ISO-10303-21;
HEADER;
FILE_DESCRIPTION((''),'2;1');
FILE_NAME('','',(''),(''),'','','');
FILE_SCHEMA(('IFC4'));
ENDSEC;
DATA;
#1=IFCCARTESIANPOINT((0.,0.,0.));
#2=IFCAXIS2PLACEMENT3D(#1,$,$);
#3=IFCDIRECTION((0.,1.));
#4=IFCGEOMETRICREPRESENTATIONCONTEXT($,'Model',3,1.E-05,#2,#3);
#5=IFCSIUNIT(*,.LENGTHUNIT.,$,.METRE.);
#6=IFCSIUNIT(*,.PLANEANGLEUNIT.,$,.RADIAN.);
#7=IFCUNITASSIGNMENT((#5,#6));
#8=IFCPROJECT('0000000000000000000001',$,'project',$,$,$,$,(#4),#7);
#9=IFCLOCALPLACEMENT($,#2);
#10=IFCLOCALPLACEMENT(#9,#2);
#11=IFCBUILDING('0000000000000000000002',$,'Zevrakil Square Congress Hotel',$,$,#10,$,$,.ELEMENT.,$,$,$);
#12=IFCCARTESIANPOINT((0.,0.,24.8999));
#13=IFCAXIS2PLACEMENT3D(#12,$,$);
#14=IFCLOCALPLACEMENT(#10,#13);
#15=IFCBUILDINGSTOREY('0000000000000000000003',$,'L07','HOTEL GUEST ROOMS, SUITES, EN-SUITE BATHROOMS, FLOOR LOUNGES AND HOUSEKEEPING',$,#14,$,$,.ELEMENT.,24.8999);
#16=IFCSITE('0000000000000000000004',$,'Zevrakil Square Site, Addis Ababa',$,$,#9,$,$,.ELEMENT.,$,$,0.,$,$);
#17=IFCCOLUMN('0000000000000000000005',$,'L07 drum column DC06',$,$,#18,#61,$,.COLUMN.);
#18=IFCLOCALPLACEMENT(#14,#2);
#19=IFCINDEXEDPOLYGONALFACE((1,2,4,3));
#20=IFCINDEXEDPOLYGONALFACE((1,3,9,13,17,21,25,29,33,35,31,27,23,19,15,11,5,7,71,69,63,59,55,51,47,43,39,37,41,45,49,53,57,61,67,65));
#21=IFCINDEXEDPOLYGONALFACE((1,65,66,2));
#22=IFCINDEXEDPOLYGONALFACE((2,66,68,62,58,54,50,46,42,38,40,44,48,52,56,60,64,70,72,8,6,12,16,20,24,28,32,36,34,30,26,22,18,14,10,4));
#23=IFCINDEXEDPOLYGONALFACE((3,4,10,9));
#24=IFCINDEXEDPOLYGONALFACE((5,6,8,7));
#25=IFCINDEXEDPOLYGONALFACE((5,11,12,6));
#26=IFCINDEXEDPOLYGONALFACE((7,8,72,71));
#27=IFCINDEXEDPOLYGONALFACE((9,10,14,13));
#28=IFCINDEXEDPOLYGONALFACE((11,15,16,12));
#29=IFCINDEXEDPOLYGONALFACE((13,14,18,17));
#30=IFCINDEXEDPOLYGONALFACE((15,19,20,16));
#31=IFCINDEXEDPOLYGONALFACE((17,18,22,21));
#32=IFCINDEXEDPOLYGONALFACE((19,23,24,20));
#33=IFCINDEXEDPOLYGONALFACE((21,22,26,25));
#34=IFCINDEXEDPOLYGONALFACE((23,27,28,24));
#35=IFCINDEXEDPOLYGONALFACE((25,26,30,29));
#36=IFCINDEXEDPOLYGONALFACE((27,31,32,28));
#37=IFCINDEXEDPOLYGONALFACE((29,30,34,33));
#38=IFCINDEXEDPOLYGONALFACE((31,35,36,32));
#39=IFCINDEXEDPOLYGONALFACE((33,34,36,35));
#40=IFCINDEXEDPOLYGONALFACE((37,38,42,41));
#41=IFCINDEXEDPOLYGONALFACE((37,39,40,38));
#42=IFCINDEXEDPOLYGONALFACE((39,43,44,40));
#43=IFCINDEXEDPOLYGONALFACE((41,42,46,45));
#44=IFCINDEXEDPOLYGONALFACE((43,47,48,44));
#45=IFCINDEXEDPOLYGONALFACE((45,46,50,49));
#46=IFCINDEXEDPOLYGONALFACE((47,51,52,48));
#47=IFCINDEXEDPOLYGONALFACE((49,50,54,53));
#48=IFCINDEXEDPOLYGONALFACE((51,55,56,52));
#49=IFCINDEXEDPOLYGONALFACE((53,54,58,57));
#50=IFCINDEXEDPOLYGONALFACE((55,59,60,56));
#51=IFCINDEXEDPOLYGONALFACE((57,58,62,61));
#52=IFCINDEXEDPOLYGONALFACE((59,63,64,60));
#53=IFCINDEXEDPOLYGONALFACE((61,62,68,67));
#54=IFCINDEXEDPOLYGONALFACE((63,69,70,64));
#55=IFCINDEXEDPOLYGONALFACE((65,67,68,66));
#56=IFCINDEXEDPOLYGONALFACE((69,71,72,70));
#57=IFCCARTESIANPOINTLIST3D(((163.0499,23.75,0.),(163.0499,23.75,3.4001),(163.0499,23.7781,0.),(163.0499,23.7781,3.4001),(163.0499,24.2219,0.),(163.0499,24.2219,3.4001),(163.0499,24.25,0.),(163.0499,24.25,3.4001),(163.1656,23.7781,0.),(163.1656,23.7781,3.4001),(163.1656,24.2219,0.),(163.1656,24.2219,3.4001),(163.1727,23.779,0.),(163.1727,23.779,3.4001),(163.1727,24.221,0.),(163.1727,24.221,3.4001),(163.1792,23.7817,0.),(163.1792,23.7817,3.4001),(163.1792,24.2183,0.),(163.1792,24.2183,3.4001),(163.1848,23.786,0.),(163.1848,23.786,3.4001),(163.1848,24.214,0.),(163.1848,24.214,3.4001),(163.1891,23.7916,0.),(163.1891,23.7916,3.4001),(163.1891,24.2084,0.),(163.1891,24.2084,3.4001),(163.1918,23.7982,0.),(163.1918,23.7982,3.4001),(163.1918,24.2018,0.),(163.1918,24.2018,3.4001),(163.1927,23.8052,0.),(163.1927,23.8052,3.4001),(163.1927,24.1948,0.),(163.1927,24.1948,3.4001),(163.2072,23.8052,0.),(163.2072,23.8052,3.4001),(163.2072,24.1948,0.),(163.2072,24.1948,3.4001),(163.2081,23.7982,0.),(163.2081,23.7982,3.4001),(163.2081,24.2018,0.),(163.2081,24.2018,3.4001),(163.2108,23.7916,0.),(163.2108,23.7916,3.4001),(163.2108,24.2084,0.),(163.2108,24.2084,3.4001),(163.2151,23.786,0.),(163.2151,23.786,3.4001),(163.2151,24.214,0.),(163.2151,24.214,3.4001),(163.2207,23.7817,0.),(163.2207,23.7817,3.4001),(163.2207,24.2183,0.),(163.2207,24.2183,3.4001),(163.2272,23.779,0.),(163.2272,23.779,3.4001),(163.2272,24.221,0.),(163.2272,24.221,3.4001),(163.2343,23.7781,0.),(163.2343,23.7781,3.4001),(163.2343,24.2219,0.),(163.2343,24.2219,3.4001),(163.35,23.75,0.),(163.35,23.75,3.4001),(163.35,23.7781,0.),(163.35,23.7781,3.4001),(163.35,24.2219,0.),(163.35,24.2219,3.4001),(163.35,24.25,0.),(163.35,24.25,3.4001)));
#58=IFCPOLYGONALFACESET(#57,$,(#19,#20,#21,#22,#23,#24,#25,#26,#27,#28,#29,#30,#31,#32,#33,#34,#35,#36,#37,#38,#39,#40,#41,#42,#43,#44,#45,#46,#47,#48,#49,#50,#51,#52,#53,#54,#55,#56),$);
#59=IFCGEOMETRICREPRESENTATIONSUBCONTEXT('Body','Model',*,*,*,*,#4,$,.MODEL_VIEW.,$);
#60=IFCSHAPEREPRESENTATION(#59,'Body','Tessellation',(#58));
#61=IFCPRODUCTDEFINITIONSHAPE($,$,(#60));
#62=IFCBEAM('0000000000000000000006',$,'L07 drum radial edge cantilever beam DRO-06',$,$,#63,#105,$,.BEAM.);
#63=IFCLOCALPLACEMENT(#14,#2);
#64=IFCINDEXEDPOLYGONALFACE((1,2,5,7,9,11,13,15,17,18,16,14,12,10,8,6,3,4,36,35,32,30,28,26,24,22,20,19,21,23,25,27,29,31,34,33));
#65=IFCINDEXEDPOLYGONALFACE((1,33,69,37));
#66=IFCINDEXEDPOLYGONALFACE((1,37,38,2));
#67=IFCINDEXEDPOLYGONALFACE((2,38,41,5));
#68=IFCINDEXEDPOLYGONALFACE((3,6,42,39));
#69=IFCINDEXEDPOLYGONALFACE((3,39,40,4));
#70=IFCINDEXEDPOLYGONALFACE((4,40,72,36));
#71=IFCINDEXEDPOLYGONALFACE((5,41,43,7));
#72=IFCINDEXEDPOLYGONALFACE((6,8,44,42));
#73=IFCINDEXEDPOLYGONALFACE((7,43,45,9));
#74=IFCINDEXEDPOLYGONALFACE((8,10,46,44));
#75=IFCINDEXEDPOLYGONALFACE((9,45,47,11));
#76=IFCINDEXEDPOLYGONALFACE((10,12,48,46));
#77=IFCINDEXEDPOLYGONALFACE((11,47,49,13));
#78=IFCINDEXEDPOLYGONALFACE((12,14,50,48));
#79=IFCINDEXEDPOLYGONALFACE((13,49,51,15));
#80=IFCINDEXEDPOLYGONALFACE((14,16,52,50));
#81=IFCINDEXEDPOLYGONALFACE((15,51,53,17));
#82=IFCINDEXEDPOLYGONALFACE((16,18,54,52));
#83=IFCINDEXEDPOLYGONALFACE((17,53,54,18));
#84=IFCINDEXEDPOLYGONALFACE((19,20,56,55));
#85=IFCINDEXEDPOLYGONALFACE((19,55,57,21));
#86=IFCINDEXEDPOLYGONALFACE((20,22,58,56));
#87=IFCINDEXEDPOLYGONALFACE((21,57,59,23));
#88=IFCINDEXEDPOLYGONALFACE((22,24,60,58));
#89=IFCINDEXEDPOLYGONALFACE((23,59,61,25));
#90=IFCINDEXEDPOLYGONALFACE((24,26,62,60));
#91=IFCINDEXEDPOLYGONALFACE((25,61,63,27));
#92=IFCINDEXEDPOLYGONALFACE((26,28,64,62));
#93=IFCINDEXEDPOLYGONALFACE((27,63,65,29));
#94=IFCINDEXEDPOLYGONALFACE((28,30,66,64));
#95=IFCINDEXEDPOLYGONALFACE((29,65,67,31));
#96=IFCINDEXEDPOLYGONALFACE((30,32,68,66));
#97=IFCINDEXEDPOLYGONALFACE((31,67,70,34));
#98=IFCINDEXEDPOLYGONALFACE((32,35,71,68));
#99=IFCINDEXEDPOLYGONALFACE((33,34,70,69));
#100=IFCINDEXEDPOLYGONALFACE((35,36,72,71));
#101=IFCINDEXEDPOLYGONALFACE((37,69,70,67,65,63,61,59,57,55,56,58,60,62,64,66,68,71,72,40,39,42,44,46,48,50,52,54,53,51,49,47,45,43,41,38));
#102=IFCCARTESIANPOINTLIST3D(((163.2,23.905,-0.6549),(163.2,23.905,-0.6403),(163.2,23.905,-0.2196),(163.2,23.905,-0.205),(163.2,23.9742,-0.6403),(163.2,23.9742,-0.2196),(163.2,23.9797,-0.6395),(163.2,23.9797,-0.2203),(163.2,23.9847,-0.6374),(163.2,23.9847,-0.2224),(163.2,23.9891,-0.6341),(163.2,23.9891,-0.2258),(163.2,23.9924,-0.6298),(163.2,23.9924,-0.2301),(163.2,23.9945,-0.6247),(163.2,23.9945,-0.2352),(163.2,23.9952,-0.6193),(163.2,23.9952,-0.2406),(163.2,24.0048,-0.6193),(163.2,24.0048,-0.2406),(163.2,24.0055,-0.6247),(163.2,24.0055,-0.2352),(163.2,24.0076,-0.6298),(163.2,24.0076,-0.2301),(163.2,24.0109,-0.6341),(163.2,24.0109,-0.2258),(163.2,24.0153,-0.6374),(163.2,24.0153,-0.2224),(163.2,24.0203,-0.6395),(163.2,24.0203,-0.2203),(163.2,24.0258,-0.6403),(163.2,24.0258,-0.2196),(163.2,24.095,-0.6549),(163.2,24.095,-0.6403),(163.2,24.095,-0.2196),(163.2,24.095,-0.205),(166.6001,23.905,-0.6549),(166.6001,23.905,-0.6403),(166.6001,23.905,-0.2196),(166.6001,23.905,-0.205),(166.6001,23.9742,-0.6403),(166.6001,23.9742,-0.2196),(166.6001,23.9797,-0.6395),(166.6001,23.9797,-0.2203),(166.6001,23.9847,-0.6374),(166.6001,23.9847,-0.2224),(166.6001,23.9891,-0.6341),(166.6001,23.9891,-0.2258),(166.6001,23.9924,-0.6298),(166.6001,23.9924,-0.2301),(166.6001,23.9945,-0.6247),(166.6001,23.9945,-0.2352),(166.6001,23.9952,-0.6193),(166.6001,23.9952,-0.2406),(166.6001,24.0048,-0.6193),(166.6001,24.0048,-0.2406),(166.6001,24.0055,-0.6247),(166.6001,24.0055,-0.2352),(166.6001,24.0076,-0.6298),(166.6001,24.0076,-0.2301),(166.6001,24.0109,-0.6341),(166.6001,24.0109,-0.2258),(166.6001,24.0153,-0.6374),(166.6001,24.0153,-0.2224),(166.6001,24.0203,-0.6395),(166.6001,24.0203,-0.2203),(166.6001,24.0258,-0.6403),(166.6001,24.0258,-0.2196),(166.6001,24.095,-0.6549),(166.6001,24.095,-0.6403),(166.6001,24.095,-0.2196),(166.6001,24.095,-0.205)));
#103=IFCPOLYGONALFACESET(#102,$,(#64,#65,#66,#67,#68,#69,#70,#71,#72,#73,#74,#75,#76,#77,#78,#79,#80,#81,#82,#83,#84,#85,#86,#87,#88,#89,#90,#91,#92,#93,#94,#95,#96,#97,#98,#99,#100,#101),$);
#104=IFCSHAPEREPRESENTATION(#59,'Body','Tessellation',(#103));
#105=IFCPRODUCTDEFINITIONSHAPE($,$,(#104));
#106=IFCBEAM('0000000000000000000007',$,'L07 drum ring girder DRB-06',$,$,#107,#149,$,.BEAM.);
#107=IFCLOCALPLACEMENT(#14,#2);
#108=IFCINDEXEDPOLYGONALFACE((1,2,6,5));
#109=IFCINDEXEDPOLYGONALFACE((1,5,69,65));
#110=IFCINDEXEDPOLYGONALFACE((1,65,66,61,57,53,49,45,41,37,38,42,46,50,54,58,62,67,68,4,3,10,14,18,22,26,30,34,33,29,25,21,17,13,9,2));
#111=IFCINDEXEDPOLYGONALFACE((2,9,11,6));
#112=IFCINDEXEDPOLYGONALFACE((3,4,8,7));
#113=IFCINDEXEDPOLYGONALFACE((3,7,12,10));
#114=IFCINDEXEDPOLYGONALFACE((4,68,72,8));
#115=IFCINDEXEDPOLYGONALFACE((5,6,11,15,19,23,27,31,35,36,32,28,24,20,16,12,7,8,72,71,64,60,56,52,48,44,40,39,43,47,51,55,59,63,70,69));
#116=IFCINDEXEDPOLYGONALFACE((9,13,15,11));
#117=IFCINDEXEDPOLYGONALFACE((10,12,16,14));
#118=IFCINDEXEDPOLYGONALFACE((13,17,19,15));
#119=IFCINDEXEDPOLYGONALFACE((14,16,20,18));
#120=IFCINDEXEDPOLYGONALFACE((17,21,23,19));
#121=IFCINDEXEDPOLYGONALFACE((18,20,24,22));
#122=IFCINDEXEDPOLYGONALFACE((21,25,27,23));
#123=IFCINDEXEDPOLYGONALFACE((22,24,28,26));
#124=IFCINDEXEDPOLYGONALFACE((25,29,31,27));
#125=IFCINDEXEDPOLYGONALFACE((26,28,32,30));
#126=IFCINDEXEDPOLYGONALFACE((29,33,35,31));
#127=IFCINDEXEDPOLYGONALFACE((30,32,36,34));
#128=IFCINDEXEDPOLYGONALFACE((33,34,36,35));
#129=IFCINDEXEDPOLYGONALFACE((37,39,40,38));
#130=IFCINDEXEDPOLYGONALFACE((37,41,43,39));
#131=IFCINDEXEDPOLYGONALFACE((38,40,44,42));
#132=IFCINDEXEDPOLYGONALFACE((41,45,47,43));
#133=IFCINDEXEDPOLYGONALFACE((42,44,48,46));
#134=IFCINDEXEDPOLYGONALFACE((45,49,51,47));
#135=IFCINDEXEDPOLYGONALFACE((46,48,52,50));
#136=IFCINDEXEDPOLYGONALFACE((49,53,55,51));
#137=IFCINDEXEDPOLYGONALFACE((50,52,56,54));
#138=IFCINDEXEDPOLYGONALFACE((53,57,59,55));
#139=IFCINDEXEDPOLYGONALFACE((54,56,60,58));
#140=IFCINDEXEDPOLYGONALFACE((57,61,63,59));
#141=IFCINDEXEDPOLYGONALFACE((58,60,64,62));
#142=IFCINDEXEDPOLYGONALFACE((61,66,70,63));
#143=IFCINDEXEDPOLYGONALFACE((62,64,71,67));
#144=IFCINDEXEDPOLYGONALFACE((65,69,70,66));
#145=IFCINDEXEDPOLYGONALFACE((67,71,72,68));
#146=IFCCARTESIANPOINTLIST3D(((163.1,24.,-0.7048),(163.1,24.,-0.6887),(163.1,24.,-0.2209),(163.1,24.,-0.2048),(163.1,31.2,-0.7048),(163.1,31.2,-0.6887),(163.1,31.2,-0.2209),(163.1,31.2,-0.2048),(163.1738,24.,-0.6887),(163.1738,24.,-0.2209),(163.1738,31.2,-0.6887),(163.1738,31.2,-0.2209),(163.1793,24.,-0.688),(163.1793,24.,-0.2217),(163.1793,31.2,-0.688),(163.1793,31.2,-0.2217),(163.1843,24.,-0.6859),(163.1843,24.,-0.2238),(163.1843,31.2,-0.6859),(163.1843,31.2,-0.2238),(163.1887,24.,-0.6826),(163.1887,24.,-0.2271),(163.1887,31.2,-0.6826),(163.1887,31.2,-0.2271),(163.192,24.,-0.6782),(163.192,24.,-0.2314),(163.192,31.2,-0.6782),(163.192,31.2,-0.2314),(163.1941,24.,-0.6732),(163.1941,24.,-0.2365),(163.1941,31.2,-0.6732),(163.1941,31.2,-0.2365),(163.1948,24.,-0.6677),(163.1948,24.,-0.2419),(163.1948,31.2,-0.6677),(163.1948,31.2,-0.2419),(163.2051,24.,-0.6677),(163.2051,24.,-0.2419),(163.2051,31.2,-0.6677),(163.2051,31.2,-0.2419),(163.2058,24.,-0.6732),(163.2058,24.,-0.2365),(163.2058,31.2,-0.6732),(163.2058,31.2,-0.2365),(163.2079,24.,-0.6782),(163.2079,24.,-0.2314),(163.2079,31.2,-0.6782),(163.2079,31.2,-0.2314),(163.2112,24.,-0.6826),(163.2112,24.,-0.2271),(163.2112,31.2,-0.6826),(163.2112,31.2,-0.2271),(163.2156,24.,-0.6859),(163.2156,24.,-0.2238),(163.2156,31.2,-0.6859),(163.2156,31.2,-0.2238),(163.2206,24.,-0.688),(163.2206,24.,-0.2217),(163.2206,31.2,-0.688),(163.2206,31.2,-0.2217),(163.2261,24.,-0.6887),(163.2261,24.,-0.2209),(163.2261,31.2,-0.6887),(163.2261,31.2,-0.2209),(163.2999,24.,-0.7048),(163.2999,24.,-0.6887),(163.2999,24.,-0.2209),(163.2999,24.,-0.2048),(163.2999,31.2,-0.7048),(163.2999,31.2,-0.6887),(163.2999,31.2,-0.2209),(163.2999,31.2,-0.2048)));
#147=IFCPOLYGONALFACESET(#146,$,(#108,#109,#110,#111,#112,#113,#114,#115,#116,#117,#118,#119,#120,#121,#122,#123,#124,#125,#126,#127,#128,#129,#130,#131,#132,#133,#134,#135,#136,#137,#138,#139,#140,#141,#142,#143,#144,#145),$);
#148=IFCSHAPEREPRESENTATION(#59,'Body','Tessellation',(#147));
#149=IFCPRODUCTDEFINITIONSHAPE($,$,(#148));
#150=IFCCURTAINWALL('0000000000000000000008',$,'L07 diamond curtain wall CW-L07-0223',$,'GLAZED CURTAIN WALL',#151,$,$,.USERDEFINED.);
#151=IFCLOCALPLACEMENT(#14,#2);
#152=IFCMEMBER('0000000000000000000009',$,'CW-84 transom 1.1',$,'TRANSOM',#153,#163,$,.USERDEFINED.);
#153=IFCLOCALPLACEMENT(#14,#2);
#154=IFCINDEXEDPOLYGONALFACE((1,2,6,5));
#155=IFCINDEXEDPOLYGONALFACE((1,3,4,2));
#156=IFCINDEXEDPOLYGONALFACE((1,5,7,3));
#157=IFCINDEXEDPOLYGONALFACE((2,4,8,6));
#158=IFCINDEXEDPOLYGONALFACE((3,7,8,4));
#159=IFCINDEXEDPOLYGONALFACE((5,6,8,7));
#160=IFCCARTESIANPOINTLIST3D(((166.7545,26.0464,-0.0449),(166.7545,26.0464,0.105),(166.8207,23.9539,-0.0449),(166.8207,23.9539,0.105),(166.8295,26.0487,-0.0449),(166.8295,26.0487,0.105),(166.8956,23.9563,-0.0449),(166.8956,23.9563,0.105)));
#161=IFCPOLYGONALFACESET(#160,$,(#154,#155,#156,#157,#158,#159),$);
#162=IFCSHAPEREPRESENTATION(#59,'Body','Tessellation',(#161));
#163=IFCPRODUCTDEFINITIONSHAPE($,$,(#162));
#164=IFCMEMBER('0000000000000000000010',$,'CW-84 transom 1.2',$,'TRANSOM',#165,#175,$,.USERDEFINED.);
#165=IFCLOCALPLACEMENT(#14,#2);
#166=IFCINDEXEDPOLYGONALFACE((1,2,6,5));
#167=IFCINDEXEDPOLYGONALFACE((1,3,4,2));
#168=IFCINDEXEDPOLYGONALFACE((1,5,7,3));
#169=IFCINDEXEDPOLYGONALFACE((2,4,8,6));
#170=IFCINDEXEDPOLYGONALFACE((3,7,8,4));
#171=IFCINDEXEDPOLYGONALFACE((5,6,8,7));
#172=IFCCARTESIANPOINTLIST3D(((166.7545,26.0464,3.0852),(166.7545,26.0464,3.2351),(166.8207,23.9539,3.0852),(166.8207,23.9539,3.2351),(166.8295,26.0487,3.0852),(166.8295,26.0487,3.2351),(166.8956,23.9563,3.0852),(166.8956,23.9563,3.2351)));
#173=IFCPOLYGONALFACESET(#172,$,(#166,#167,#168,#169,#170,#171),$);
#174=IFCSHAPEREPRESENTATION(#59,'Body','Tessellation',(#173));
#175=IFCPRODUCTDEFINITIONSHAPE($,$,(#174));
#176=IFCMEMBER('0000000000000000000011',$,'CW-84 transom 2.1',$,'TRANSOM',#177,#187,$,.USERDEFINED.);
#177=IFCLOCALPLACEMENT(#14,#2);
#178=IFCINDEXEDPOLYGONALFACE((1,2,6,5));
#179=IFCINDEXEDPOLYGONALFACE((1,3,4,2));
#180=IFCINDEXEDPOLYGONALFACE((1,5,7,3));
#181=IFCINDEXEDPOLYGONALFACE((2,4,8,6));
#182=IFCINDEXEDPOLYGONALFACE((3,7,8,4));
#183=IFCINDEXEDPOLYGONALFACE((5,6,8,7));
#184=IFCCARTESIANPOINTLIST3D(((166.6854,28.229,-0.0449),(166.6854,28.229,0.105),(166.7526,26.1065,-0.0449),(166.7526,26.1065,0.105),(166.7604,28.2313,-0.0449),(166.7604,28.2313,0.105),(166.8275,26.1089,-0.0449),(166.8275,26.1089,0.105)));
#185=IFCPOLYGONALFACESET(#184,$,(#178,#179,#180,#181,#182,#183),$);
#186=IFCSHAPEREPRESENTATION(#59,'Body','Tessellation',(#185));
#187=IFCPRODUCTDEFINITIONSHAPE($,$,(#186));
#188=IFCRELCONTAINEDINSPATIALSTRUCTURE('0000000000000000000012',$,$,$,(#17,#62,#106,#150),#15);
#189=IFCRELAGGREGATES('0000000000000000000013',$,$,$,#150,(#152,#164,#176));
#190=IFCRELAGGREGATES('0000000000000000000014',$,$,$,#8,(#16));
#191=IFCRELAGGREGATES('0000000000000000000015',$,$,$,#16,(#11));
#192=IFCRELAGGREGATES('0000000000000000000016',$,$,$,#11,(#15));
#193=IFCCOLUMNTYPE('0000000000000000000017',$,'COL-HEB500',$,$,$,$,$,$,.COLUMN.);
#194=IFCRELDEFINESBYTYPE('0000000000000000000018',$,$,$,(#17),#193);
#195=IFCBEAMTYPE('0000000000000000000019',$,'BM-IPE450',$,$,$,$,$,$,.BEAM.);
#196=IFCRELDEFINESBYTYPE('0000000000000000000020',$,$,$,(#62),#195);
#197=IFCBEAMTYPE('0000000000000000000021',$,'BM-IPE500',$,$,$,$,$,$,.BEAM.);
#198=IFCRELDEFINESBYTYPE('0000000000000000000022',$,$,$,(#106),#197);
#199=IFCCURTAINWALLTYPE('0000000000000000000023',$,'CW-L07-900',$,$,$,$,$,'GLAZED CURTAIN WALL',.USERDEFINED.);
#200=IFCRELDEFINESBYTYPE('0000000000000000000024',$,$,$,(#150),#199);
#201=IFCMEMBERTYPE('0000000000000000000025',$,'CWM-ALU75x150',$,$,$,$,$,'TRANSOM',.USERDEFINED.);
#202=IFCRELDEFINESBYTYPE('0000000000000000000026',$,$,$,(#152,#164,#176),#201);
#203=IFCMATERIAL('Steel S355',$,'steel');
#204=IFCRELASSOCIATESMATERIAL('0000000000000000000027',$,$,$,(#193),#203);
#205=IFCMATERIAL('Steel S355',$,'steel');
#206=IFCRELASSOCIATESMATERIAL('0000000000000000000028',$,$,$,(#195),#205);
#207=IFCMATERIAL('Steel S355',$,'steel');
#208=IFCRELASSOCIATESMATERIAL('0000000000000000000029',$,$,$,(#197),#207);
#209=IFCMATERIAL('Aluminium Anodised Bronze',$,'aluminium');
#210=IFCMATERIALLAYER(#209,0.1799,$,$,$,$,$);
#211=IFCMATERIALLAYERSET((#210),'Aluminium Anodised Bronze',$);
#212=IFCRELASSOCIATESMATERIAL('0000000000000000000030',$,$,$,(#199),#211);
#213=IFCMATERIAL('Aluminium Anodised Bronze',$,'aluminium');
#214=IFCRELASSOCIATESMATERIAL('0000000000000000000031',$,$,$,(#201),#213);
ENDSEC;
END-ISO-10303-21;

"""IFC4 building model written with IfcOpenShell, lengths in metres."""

from ifc_helpers import new_model, si_unit, direction, frame, origin, origin_2d, place, context, subcontext, project, spatial, rectangle, i_section, extrude, material, layer, layer_set, material_profile, profile_set, type_object, element, aggregate, save


model = new_model("IFC4")

# Units and contexts
model_context = context("Model", 3, precision=1e-05, world=origin(), true_north=direction((0.0, 1.0)))
body_context = subcontext(model_context, "Body", "Model", "MODEL_VIEW")
ifc_project = project(units=[si_unit("LENGTHUNIT", "METRE"), si_unit("PLANEANGLEUNIT", "RADIAN")], contexts=[model_context])

# Site, building, storey
site_placement = place(None, origin())
site = spatial("IfcSite", under=ifc_project, at=site_placement, Name="Zevrakil Square Site, Addis Ababa", CompositionType="ELEMENT", RefElevation=0.0)
building_placement = place(site_placement, origin())
building = spatial("IfcBuilding", under=site, at=building_placement, Name="Zevrakil Square Congress Hotel", CompositionType="ELEMENT")
storey_placement = place(building_placement, frame((0.0, 0.0, 24.8999)))
storey = spatial("IfcBuildingStorey", under=building, at=storey_placement, Name="L07", Description="HOTEL GUEST ROOMS, SUITES, EN-SUITE BATHROOMS, FLOOR LOUNGES AND HOUSEKEEPING", CompositionType="ELEMENT", Elevation=24.8999)

# Column
ifc_material_1 = material(Name="Steel S355", Category="steel")
ifc_material_profile_1 = material_profile(ifc_material_1, i_section(OverallWidth=0.3, OverallDepth=0.5, WebThickness=0.0144, FlangeThickness=0.0281, FilletRadius=0.0271, at=origin_2d()), Name="HEB 500")
ifc_profile_set_1 = profile_set([ifc_material_profile_1], Name="Steel S355")
column_type = type_object("IfcColumnType", Name="COL-HEB500", PredefinedType="COLUMN", material=ifc_profile_set_1)
column_placement = place(storey_placement, frame((163.2, 24.0, 0.0), z_axis=(0.0, 0.0, 1.0), x_axis=(1.0, 0.0, 0.0)))
element("IfcColumn", 1, at=column_placement, inside=storey, type_object=column_type, Name="L07 drum column DC06", PredefinedType="COLUMN", context=body_context, shape_type="SweptSolid", body=[
    extrude(i_section(OverallWidth=0.3, OverallDepth=0.5, WebThickness=0.0144, FlangeThickness=0.0281, FilletRadius=0.0271, at=origin_2d()), origin(), (0.0, 0.0, 1.0), 3.4001),
])

# Beams
ifc_material_2 = material(Name="Steel S355", Category="steel")
ifc_material_profile_2 = material_profile(ifc_material_2, i_section(OverallWidth=0.1899, OverallDepth=0.45, WebThickness=0.0095, FlangeThickness=0.0146, FilletRadius=0.021, at=origin_2d()), Name="IPE 450")
ifc_profile_set_2 = profile_set([ifc_material_profile_2], Name="Steel S355")
beam_type_1 = type_object("IfcBeamType", Name="BM-IPE450", PredefinedType="BEAM", material=ifc_profile_set_2)
beam_1_placement = place(storey_placement, frame((163.2, 24.0, -0.4299), z_axis=(1.0, 0.0, 0.0), x_axis=(0.0, 1.0, 0.0)))
element("IfcBeam", 2, at=beam_1_placement, inside=storey, type_object=beam_type_1, Name="L07 drum radial edge cantilever beam DRO-06", PredefinedType="BEAM", context=body_context, shape_type="SweptSolid", body=[
    extrude(i_section(OverallWidth=0.1899, OverallDepth=0.45, WebThickness=0.0095, FlangeThickness=0.0146, FilletRadius=0.021, at=origin_2d()), origin(), (0.0, 0.0, 1.0), 3.4001),
])
ifc_material_3 = material(Name="Steel S355", Category="steel")
ifc_material_profile_3 = material_profile(ifc_material_3, i_section(OverallWidth=0.2, OverallDepth=0.5, WebThickness=0.0103, FlangeThickness=0.0161, FilletRadius=0.021, at=origin_2d()), Name="IPE 500")
ifc_profile_set_3 = profile_set([ifc_material_profile_3], Name="Steel S355")
beam_type_2 = type_object("IfcBeamType", Name="BM-IPE500", PredefinedType="BEAM", material=ifc_profile_set_3)
beam_2_placement = place(storey_placement, frame((163.2, 24.0, -0.4548), z_axis=(0.0, 1.0, 0.0), x_axis=(-1.0, 0.0, 0.0)))
element("IfcBeam", 3, at=beam_2_placement, inside=storey, type_object=beam_type_2, Name="L07 drum ring girder DRB-06", PredefinedType="BEAM", context=body_context, shape_type="SweptSolid", body=[
    extrude(i_section(OverallWidth=0.2, OverallDepth=0.5, WebThickness=0.0103, FlangeThickness=0.0161, FilletRadius=0.021, at=origin_2d()), origin(), (0.0, 0.0, 1.0), 7.2),
])

# Curtain wall, members
ifc_material_4 = material(Name="Aluminium Anodised Bronze", Category="aluminium")
ifc_layer_1 = layer(ifc_material_4, 0.1799)
ifc_layer_set_1 = layer_set([ifc_layer_1], Name="Aluminium Anodised Bronze")
curtain_wall_type_1 = type_object("IfcCurtainWallType", Name="CW-L07-900", ElementType="GLAZED CURTAIN WALL", PredefinedType="USERDEFINED", material=ifc_layer_set_1)
curtain_wall_1_placement = place(storey_placement, origin())
curtain_wall_1 = element("IfcCurtainWall", 4, at=curtain_wall_1_placement, inside=storey, type_object=curtain_wall_type_1, Name="L07 diamond curtain wall CW-L07-0223", ObjectType="GLAZED CURTAIN WALL", PredefinedType="USERDEFINED")
ifc_material_5 = material(Name="Aluminium Anodised Bronze", Category="aluminium")
ifc_material_profile_4 = material_profile(ifc_material_5, rectangle(XDim=0.075, YDim=0.1499, at=origin_2d()), Name="ALU 75x150")
ifc_profile_set_4 = profile_set([ifc_material_profile_4], Name="Aluminium Anodised Bronze")
member_type_1 = type_object("IfcMemberType", Name="CWM-ALU75x150", ElementType="TRANSOM", PredefinedType="USERDEFINED", material=ifc_profile_set_4)
member_1_placement = place(storey_placement, frame((166.8582, 23.9551, 0.03), z_axis=(-0.031602, 0.999501, 0.0), x_axis=(-0.999501, -0.031602, 0.0)))
member_1 = element("IfcMember", 5, at=member_1_placement, type_object=member_type_1, Name="CW-84 transom 1.1", ObjectType="TRANSOM", PredefinedType="USERDEFINED", context=body_context, shape_type="SweptSolid", body=[
    extrude(rectangle(XDim=0.075, YDim=0.1499, at=origin_2d()), origin(), (0.0, 0.0, 1.0), 2.0935),
])
member_2_placement = place(storey_placement, frame((166.8582, 23.9551, 3.1602), z_axis=(-0.031602, 0.999501, 0.0), x_axis=(-0.999501, -0.031602, 0.0)))
member_2 = element("IfcMember", 6, at=member_2_placement, type_object=member_type_1, Name="CW-84 transom 1.2", ObjectType="TRANSOM", PredefinedType="USERDEFINED", context=body_context, shape_type="SweptSolid", body=[
    extrude(rectangle(XDim=0.075, YDim=0.1499, at=origin_2d()), origin(), (0.0, 0.0, 1.0), 2.0935),
])
member_3_placement = place(storey_placement, frame((166.79, 26.1077, 0.03), z_axis=(-0.031615, 0.9995, 0.0), x_axis=(-0.9995, -0.031615, 0.0)))
member_3 = element("IfcMember", 7, at=member_3_placement, type_object=member_type_1, Name="CW-84 transom 2.1", ObjectType="TRANSOM", PredefinedType="USERDEFINED", context=body_context, shape_type="SweptSolid", body=[
    extrude(rectangle(XDim=0.075, YDim=0.1499, at=origin_2d()), origin(), (0.0, 0.0, 1.0), 2.1235),
])

aggregate(curtain_wall_1, [member_1, member_2, member_3])

save(model, "model.ifc")
